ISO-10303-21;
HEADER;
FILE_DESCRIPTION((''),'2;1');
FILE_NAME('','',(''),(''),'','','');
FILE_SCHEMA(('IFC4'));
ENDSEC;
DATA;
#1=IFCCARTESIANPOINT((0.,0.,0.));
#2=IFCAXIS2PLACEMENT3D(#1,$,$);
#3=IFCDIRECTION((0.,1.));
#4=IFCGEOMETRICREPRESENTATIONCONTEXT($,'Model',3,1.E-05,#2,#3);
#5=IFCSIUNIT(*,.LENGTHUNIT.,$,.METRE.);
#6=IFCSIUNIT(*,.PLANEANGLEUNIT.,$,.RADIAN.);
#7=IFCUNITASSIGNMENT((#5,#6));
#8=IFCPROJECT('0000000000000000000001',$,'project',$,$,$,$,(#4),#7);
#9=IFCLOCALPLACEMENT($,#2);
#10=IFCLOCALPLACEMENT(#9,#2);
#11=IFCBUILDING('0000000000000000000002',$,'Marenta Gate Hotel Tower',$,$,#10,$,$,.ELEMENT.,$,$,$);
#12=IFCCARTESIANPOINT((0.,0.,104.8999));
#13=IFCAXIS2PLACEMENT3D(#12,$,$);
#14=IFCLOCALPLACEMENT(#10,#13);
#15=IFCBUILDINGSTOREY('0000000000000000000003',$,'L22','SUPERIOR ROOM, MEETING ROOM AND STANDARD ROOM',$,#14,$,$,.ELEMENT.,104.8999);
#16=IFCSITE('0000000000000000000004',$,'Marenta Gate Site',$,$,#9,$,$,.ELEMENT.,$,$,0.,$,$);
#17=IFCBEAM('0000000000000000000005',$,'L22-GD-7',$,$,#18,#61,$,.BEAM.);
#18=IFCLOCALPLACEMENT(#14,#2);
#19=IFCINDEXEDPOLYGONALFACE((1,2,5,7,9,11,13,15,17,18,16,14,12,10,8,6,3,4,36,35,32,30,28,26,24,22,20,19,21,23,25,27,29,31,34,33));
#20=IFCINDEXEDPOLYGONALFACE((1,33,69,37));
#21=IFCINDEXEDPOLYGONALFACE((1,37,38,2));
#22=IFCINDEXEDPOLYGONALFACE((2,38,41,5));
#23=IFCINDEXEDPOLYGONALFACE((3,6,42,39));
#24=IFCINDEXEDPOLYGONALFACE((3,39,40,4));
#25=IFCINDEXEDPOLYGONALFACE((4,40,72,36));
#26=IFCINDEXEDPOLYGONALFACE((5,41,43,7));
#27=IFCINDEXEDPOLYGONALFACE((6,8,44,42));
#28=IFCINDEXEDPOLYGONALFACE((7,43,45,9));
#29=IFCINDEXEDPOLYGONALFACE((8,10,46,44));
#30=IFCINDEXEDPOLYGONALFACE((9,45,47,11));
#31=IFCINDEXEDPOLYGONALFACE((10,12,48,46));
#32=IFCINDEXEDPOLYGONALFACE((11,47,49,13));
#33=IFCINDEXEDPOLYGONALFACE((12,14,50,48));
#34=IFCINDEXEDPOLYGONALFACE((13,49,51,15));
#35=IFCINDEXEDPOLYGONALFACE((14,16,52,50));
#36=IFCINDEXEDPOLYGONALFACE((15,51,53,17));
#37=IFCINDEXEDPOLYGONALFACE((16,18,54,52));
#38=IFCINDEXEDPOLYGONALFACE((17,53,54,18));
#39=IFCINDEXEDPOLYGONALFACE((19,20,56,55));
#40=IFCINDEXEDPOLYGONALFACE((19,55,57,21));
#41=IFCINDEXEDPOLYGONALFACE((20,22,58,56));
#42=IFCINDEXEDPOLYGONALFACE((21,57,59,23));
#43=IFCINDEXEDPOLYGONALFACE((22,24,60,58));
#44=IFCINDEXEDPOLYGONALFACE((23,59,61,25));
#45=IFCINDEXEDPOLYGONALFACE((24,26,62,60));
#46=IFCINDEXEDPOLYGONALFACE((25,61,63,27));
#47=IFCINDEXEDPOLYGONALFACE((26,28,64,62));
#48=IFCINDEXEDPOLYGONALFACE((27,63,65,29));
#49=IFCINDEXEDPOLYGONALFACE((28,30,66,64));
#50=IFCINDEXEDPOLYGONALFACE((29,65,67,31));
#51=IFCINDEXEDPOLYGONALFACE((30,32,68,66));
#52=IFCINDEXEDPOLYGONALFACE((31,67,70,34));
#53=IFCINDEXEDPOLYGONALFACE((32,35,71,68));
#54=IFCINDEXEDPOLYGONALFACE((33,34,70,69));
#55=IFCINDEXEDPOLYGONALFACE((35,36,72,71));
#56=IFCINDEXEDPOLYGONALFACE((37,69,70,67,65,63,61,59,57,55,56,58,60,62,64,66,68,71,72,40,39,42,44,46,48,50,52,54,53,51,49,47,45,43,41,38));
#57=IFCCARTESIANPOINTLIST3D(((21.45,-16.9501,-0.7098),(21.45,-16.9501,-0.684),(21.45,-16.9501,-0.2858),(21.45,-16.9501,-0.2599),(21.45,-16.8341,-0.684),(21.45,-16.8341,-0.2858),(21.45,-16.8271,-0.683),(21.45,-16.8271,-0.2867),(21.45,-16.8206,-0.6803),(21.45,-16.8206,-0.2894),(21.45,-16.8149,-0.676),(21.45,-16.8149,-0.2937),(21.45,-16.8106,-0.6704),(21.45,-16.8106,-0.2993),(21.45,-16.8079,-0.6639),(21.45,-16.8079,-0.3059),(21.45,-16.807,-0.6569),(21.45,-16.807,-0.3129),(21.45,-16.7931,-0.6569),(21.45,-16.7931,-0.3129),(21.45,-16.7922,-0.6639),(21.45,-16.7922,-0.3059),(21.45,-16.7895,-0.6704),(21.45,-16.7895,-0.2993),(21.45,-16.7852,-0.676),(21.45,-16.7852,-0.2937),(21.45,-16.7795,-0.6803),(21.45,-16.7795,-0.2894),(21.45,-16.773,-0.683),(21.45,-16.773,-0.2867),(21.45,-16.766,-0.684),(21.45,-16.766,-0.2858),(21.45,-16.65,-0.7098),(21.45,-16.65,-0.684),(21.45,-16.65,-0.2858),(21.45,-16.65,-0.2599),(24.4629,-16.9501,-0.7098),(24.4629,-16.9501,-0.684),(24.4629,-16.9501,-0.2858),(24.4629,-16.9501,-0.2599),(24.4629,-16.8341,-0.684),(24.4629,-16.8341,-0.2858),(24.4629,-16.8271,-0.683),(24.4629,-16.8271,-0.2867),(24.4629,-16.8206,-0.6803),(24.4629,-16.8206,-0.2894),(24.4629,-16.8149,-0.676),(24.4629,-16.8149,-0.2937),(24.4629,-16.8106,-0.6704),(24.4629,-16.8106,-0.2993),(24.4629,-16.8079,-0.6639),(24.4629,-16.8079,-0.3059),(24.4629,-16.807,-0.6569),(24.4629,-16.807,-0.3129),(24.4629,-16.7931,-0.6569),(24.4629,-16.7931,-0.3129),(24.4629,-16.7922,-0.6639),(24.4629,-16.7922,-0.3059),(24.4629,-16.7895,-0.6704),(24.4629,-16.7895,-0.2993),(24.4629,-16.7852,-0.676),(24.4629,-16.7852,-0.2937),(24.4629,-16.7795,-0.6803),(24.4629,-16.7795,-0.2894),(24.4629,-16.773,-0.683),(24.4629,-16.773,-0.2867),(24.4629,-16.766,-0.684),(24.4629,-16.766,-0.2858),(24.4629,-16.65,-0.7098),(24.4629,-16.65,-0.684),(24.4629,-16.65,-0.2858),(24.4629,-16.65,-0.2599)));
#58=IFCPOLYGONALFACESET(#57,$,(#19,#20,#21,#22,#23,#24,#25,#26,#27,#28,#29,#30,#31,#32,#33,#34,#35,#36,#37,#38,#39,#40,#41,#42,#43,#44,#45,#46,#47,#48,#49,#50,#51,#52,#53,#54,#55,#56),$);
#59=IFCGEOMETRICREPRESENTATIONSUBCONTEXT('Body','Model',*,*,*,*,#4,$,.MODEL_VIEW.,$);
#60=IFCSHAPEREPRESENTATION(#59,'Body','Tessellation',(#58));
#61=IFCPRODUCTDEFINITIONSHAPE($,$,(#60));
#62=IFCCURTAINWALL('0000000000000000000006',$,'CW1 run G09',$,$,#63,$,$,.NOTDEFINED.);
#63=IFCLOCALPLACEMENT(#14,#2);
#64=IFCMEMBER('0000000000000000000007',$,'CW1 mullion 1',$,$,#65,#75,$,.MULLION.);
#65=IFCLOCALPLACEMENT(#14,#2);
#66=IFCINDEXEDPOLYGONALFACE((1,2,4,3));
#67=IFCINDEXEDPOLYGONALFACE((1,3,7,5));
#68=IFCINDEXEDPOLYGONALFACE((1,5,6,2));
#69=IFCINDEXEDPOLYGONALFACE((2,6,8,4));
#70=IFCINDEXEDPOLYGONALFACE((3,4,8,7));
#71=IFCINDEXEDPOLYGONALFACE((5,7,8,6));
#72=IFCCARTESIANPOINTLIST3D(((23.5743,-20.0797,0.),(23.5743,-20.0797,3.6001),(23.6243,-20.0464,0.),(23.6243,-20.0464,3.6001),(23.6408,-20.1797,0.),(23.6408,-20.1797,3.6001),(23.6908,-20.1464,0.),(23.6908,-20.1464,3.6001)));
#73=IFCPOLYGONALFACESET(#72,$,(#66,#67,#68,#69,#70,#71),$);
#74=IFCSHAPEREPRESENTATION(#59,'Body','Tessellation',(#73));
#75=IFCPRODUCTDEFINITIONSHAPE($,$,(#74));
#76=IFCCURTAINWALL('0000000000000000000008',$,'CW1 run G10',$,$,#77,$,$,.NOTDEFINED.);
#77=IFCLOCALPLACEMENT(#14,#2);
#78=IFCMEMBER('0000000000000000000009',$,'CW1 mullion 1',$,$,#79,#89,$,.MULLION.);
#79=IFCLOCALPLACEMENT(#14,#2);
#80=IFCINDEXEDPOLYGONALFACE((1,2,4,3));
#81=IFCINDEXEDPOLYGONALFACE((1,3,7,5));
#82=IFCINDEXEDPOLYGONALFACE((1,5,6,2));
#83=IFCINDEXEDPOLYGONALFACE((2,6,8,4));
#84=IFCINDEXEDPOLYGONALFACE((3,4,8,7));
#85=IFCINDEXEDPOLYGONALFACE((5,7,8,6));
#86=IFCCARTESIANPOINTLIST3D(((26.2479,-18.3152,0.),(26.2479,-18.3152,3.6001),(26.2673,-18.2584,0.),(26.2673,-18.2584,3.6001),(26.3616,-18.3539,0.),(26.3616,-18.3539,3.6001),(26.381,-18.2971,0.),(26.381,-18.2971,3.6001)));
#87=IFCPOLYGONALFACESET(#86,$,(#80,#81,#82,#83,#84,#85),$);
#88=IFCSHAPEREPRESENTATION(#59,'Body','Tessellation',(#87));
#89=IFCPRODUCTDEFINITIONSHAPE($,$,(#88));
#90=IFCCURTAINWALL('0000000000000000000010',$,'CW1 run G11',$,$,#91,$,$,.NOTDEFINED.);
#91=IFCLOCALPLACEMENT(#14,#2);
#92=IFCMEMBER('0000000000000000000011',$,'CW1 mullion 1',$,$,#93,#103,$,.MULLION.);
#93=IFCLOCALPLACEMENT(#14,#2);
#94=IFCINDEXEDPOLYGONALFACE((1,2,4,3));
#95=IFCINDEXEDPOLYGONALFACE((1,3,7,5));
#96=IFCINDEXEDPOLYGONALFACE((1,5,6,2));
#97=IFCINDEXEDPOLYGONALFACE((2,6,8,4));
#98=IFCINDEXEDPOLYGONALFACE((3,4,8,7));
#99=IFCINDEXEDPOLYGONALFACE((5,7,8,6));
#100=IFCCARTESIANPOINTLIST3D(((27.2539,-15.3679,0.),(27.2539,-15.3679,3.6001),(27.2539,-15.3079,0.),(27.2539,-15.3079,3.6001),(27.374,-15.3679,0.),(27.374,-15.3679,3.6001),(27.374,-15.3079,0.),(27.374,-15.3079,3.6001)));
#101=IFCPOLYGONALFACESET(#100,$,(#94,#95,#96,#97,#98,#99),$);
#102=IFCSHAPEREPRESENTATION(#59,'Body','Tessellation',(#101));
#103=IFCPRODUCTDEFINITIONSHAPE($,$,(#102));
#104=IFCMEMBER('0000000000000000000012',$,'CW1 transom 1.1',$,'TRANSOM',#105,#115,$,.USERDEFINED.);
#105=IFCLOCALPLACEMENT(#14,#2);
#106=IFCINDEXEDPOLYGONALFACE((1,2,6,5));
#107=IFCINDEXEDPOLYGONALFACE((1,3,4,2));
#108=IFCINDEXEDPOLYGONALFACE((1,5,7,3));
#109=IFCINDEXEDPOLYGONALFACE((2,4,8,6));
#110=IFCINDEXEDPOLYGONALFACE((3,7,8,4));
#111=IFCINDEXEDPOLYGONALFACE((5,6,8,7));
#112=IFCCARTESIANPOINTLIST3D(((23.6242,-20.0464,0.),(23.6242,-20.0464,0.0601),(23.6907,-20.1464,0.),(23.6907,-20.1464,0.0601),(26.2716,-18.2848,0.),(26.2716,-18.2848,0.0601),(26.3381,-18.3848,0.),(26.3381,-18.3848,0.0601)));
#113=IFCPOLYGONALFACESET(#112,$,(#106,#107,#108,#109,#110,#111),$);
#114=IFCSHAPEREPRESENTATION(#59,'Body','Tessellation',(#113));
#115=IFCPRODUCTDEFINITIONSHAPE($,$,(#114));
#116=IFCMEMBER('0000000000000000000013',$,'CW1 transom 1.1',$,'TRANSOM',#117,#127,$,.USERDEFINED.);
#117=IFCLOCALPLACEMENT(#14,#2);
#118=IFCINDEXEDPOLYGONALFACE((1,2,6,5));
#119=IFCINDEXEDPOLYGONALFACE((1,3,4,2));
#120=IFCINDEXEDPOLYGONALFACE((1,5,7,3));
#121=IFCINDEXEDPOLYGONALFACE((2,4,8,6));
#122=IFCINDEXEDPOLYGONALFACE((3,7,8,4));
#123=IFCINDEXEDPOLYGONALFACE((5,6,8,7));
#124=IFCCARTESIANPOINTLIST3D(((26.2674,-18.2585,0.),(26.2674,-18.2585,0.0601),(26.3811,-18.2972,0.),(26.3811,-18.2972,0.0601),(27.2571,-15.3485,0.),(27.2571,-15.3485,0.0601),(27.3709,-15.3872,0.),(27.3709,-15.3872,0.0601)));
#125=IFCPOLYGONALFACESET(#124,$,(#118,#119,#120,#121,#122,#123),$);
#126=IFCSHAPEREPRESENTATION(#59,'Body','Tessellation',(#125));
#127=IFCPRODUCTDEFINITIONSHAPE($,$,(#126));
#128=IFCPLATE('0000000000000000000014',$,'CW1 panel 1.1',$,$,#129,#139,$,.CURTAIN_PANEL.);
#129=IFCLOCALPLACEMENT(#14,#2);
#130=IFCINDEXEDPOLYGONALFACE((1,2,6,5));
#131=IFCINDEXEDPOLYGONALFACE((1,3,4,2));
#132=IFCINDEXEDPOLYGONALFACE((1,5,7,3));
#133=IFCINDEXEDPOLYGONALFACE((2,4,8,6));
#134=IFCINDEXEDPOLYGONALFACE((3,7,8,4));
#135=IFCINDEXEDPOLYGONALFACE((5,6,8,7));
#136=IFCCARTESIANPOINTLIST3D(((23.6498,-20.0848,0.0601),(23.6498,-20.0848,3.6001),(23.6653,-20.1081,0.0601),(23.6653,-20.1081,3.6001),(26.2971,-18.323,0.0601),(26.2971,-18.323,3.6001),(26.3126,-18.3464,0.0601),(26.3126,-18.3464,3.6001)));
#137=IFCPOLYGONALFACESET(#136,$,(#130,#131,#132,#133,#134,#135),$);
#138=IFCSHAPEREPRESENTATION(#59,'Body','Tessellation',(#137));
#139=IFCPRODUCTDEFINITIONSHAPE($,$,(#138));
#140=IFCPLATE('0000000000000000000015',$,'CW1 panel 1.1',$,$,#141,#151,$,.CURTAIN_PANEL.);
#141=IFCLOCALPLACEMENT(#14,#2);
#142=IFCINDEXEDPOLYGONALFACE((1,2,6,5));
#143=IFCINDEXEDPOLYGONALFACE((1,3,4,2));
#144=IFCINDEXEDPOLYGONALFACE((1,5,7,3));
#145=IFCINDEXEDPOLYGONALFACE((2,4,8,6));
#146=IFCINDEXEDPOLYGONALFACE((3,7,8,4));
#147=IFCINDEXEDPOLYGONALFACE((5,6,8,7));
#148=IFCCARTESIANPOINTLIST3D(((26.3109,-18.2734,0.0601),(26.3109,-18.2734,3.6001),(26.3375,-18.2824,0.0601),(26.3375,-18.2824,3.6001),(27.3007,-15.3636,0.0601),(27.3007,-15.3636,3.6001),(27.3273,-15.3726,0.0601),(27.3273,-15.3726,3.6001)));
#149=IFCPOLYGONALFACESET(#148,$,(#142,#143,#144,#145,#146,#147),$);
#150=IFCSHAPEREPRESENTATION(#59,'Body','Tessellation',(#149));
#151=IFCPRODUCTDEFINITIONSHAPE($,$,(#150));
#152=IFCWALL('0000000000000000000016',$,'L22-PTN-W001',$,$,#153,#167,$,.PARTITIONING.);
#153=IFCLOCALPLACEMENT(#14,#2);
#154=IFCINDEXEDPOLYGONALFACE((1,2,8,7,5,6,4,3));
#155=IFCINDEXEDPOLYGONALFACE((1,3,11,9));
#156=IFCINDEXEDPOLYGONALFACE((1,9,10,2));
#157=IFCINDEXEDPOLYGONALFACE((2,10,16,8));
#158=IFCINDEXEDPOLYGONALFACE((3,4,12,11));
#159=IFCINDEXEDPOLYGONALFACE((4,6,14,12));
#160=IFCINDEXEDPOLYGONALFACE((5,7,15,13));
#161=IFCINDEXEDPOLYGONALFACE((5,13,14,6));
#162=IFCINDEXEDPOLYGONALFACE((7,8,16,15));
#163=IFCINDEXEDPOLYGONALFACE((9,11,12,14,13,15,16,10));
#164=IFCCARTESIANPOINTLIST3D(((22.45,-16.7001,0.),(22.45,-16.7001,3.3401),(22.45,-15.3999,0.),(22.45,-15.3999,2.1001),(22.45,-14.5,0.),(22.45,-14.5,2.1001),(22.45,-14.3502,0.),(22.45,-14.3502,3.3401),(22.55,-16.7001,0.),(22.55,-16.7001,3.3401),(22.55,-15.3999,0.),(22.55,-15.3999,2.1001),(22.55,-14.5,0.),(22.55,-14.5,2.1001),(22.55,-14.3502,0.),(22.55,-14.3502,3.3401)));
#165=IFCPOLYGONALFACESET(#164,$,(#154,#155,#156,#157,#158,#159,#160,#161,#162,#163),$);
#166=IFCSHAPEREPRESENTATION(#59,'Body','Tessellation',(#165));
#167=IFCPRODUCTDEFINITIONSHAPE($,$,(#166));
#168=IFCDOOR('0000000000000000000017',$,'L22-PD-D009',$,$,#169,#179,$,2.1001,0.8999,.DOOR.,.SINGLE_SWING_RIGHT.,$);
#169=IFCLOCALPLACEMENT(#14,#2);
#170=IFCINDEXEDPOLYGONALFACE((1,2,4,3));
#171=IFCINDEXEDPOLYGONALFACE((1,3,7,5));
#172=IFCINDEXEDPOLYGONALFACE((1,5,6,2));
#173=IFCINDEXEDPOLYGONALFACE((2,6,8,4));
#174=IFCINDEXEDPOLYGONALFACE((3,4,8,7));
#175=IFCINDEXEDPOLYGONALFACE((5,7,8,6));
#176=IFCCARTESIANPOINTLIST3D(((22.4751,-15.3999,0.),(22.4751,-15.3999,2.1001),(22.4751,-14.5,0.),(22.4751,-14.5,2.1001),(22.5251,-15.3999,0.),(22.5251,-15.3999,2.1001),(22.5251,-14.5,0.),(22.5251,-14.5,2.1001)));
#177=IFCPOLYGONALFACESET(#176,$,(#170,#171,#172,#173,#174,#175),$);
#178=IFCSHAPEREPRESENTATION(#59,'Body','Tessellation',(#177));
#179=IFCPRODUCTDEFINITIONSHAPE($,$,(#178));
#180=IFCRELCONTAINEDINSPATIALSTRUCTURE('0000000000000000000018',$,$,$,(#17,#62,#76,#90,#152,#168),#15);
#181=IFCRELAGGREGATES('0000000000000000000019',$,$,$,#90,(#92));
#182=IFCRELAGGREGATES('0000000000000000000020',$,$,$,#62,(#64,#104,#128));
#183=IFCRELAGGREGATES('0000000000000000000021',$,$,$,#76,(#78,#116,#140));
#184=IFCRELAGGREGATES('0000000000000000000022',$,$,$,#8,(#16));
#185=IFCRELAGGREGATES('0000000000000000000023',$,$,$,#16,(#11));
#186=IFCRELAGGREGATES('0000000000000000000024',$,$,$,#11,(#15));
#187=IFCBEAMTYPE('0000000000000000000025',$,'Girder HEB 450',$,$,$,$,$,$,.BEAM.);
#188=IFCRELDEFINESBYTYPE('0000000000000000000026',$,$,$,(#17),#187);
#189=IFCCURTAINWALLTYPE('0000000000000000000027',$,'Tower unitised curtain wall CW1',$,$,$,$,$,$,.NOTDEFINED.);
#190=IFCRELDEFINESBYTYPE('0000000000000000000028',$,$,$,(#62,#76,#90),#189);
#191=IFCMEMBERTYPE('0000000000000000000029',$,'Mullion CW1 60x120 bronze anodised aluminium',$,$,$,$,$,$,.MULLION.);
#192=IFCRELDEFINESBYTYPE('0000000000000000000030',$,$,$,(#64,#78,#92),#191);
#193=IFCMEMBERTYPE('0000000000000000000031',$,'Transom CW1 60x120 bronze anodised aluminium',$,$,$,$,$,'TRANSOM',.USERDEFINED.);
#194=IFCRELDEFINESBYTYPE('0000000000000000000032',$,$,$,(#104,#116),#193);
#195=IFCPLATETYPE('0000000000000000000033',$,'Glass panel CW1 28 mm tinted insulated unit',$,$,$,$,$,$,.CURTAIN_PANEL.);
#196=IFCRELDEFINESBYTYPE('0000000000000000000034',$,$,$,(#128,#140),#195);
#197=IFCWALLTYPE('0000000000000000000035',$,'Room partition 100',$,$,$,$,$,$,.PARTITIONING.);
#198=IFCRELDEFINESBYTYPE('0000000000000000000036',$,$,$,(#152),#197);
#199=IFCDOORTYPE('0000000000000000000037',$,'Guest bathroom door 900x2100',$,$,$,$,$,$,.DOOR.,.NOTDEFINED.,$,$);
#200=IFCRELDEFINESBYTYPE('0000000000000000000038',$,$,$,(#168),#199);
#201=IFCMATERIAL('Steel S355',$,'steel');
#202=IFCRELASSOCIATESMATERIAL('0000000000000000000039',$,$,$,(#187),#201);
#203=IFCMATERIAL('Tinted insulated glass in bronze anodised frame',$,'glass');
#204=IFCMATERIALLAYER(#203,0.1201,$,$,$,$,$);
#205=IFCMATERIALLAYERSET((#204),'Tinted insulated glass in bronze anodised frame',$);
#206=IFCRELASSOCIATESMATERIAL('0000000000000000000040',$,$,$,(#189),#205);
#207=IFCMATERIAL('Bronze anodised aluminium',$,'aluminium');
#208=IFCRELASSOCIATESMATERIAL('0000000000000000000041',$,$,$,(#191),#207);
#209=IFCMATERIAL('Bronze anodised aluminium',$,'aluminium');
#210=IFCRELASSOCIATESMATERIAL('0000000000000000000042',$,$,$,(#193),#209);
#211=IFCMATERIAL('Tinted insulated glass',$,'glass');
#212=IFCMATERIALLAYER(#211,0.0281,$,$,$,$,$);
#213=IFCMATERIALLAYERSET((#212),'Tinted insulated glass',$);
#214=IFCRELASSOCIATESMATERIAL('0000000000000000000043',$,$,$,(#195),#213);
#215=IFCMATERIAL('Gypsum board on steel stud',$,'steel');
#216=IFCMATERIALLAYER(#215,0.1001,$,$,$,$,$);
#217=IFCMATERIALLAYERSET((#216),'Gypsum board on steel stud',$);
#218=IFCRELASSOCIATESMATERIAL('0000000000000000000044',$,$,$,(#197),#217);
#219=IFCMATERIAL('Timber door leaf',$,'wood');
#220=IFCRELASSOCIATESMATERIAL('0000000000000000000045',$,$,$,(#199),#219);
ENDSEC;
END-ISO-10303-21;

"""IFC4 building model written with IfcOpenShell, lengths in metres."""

from ifc_helpers import new_model, si_unit, direction, frame, frame_2d, origin, origin_2d, place, context, subcontext, project, spatial, rectangle, i_section, extrude, material, layer, layer_set, material_profile, profile_set, type_object, element, fill, aggregate, save


model = new_model("IFC4")

# Units and contexts
model_context = context("Model", 3, precision=1e-05, world=origin(), true_north=direction((0.0, 1.0)))
body_context = subcontext(model_context, "Body", "Model", "MODEL_VIEW")
ifc_project = project(units=[si_unit("LENGTHUNIT", "METRE"), si_unit("PLANEANGLEUNIT", "RADIAN")], contexts=[model_context])

# Site, building, storey
site_placement = place(None, origin())
site = spatial("IfcSite", under=ifc_project, at=site_placement, Name="Marenta Gate Site", CompositionType="ELEMENT", RefElevation=0.0)
building_placement = place(site_placement, origin())
building = spatial("IfcBuilding", under=site, at=building_placement, Name="Marenta Gate Hotel Tower", CompositionType="ELEMENT")
storey_placement = place(building_placement, frame((0.0, 0.0, 104.8999)))
storey = spatial("IfcBuildingStorey", under=building, at=storey_placement, Name="L22", Description="SUPERIOR ROOM, MEETING ROOM AND STANDARD ROOM", CompositionType="ELEMENT", Elevation=104.8999)

# Beam
ifc_material_1 = material(Name="Steel S355", Category="steel")
ifc_material_profile_1 = material_profile(ifc_material_1, i_section(OverallWidth=0.3, OverallDepth=0.45, WebThickness=0.0139, FlangeThickness=0.0259, FilletRadius=0.0271, at=origin_2d()), Name="HEB 450")
ifc_profile_set_1 = profile_set([ifc_material_profile_1], Name="Steel S355")
beam_type_1 = type_object("IfcBeamType", Name="Girder HEB 450", PredefinedType="BEAM", material=ifc_profile_set_1)
beam_1_placement = place(storey_placement, frame((21.45, -16.8, -0.4849), z_axis=(1.0, 0.0, 0.0), x_axis=(0.0, 1.0, 0.0)))
element("IfcBeam", 1, at=beam_1_placement, inside=storey, type_object=beam_type_1, Name="L22-GD-7", PredefinedType="BEAM", context=body_context, shape_type="SweptSolid", body=[
    extrude(i_section(OverallWidth=0.3, OverallDepth=0.45, WebThickness=0.0139, FlangeThickness=0.0259, FilletRadius=0.0271, at=origin_2d()), origin(), (0.0, 0.0, 1.0), 3.0129),
])

# Curtain walls, members
ifc_material_2 = material(Name="Tinted insulated glass in bronze anodised frame", Category="glass")
ifc_layer_1 = layer(ifc_material_2, 0.1201)
ifc_layer_set_1 = layer_set([ifc_layer_1], Name="Tinted insulated glass in bronze anodised frame")
curtain_wall_type = type_object("IfcCurtainWallType", Name="Tower unitised curtain wall CW1", PredefinedType="NOTDEFINED", material=ifc_layer_set_1)
curtain_wall_1_placement = place(storey_placement, origin())
curtain_wall_1 = element("IfcCurtainWall", 2, at=curtain_wall_1_placement, inside=storey, type_object=curtain_wall_type, Name="CW1 run G09", PredefinedType="NOTDEFINED")
ifc_material_3 = material(Name="Bronze anodised aluminium", Category="aluminium")
ifc_material_profile_2 = material_profile(ifc_material_3, rectangle(XDim=0.1201, YDim=0.0601, at=origin_2d()), Name="Mullion CW1 60x120 bronze anodised aluminium")
ifc_profile_set_2 = profile_set([ifc_material_profile_2], Name="Bronze anodised aluminium")
member_type_1 = type_object("IfcMemberType", Name="Mullion CW1 60x120 bronze anodised aluminium", PredefinedType="MULLION", material=ifc_profile_set_2)
member_1_placement = place(storey_placement, frame((23.6326, -20.113, 0.0), z_axis=(0.0, 0.0, 1.0), x_axis=(-0.554016, 0.832506, 0.0)))
member_1 = element("IfcMember", 3, at=member_1_placement, type_object=member_type_1, Name="CW1 mullion 1", PredefinedType="MULLION", context=body_context, shape_type="SweptSolid", body=[
    extrude(rectangle(XDim=0.1201, YDim=0.0601, at=origin_2d()), origin(), (0.0, 0.0, 1.0), 3.6001),
])
curtain_wall_2_placement = place(storey_placement, origin())
curtain_wall_2 = element("IfcCurtainWall", 4, at=curtain_wall_2_placement, inside=storey, type_object=curtain_wall_type, Name="CW1 run G10", PredefinedType="NOTDEFINED")
member_2_placement = place(storey_placement, frame((26.3145, -18.3062, 0.0), z_axis=(0.0, 0.0, 1.0), x_axis=(-0.946728, 0.322033, 0.0)))
member_2 = element("IfcMember", 5, at=member_2_placement, type_object=member_type_1, Name="CW1 mullion 1", PredefinedType="MULLION", context=body_context, shape_type="SweptSolid", body=[
    extrude(rectangle(XDim=0.1201, YDim=0.0601, at=origin_2d()), origin(), (0.0, 0.0, 1.0), 3.6001),
])
curtain_wall_3_placement = place(storey_placement, origin())
curtain_wall_3 = element("IfcCurtainWall", 6, at=curtain_wall_3_placement, inside=storey, type_object=curtain_wall_type, Name="CW1 run G11", PredefinedType="NOTDEFINED")
member_3_placement = place(storey_placement, frame((27.314, -15.3379, 0.0), z_axis=(0.0, 0.0, 1.0), x_axis=(-1.0, 0.0, 0.0)))
member_3 = element("IfcMember", 7, at=member_3_placement, type_object=member_type_1, Name="CW1 mullion 1", PredefinedType="MULLION", context=body_context, shape_type="SweptSolid", body=[
    extrude(rectangle(XDim=0.1201, YDim=0.0601, at=origin_2d()), origin(), (0.0, 0.0, 1.0), 3.6001),
])
aggregate(curtain_wall_3, [member_3])

# Members
ifc_material_4 = material(Name="Bronze anodised aluminium", Category="aluminium")
ifc_material_profile_3 = material_profile(ifc_material_4, rectangle(XDim=0.1201, YDim=0.0601, at=origin_2d()), Name="Transom CW1 60x120 bronze anodised aluminium")
ifc_profile_set_3 = profile_set([ifc_material_profile_3], Name="Bronze anodised aluminium")
member_type_2 = type_object("IfcMemberType", Name="Transom CW1 60x120 bronze anodised aluminium", ElementType="TRANSOM", PredefinedType="USERDEFINED", material=ifc_profile_set_3)
member_4_placement = place(storey_placement, frame((23.6575, -20.0964, 0.03), z_axis=(0.832522, 0.553991, 0.0), x_axis=(-0.553991, 0.832522, 0.0)))
member_4 = element("IfcMember", 8, at=member_4_placement, type_object=member_type_2, Name="CW1 transom 1.1", ObjectType="TRANSOM", PredefinedType="USERDEFINED", context=body_context, shape_type="SweptSolid", body=[
    extrude(rectangle(XDim=0.1201, YDim=0.0601, at=origin_2d()), origin(), (0.0, 0.0, 1.0), 3.1799),
])
member_5_placement = place(storey_placement, frame((26.3242, -18.2778, 0.03), z_axis=(0.322012, 0.946735, 0.0), x_axis=(-0.946735, 0.322012, 0.0)))
member_5 = element("IfcMember", 9, at=member_5_placement, type_object=member_type_2, Name="CW1 transom 1.1", ObjectType="TRANSOM", PredefinedType="USERDEFINED", context=body_context, shape_type="SweptSolid", body=[
    extrude(rectangle(XDim=0.1201, YDim=0.0601, at=origin_2d()), origin(), (0.0, 0.0, 1.0), 3.0737),
])

# Plates
ifc_material_5 = material(Name="Tinted insulated glass", Category="glass")
ifc_layer_2 = layer(ifc_material_5, 0.0281)
ifc_layer_set_2 = layer_set([ifc_layer_2], Name="Tinted insulated glass")
plate_type = type_object("IfcPlateType", Name="Glass panel CW1 28 mm tinted insulated unit", PredefinedType="CURTAIN_PANEL", material=ifc_layer_set_2)
plate_1_placement = place(storey_placement, frame((24.9812, -19.2156, 0.0601), z_axis=(0.0, 0.0, 1.0), x_axis=(0.832506, 0.554016, 0.0)))
plate_1 = element("IfcPlate", 10, at=plate_1_placement, type_object=plate_type, Name="CW1 panel 1.1", PredefinedType="CURTAIN_PANEL", context=body_context, shape_type="SweptSolid", body=[
    extrude(rectangle(XDim=3.1799, YDim=0.0281, at=origin_2d()), origin(), (0.0, 0.0, 1.0), 3.54),
])
aggregate(curtain_wall_1, [member_1, member_4, plate_1])
plate_2_placement = place(storey_placement, frame((26.8191, -16.823, 0.0601), z_axis=(0.0, 0.0, 1.0), x_axis=(0.322033, 0.946728, 0.0)))
plate_2 = element("IfcPlate", 11, at=plate_2_placement, type_object=plate_type, Name="CW1 panel 1.1", PredefinedType="CURTAIN_PANEL", context=body_context, shape_type="SweptSolid", body=[
    extrude(rectangle(XDim=3.0735, YDim=0.0281, at=origin_2d()), origin(), (0.0, 0.0, 1.0), 3.54),
])
aggregate(curtain_wall_2, [member_2, member_5, plate_2])

# Wall, opening, door
ifc_material_6 = material(Name="Gypsum board on steel stud", Category="steel")
ifc_layer_3 = layer(ifc_material_6, 0.1001)
ifc_layer_set_3 = layer_set([ifc_layer_3], Name="Gypsum board on steel stud")
wall_type_1 = type_object("IfcWallType", Name="Room partition 100", PredefinedType="PARTITIONING", material=ifc_layer_set_3)
wall_1_placement = place(storey_placement, frame((22.5, -16.7, 0.0), z_axis=(0.0, 0.0, 1.0), x_axis=(0.0, 1.0, 0.0)))
wall_1 = element("IfcWall", 12, at=wall_1_placement, inside=storey, type_object=wall_type_1, Name="L22-PTN-W001", PredefinedType="PARTITIONING", context=body_context, shape_type="SweptSolid", body=[
    extrude(rectangle(XDim=2.3499, YDim=0.1001, at=frame_2d((1.1748, 0.0))), origin(), (0.0, 0.0, 1.0), 3.3401),
])
opening_placement = place(wall_1_placement, frame((1.3, 0.0, 0.0)))
opening = element("IfcOpeningElement", 13, at=opening_placement, cuts=wall_1, PredefinedType="OPENING", context=body_context, shape_type="SweptSolid", body=[
    extrude(rectangle(XDim=0.8999, YDim=2.1001, at=frame_2d((0.45, 1.05))), frame((0.0, 0.05, 0.0), z_axis=(0.0, -1.0, 0.0), x_axis=(1.0, 0.0, 0.0)), (0.0, 0.0, 1.0), 0.1001),
])
ifc_material_7 = material(Name="Timber door leaf", Category="wood")
door_type = type_object("IfcDoorType", Name="Guest bathroom door 900x2100", OperationType="NOTDEFINED", PredefinedType="DOOR", material=ifc_material_7)
door_placement = place(opening_placement, origin())
door = element("IfcDoor", 14, at=door_placement, inside=storey, type_object=door_type, Name="L22-PD-D009", OperationType="SINGLE_SWING_RIGHT", OverallHeight=2.1001, OverallWidth=0.8999, PredefinedType="DOOR", context=body_context, shape_type="SweptSolid", body=[
    extrude(rectangle(XDim=0.8999, YDim=2.1001, at=frame_2d((0.45, 1.05))), frame((0.0, 0.0249, 0.0), z_axis=(0.0, -1.0, 0.0), x_axis=(1.0, 0.0, 0.0)), (0.0, 0.0, 1.0), 0.05),
])
fill(opening, door)

save(model, "model.ifc")
